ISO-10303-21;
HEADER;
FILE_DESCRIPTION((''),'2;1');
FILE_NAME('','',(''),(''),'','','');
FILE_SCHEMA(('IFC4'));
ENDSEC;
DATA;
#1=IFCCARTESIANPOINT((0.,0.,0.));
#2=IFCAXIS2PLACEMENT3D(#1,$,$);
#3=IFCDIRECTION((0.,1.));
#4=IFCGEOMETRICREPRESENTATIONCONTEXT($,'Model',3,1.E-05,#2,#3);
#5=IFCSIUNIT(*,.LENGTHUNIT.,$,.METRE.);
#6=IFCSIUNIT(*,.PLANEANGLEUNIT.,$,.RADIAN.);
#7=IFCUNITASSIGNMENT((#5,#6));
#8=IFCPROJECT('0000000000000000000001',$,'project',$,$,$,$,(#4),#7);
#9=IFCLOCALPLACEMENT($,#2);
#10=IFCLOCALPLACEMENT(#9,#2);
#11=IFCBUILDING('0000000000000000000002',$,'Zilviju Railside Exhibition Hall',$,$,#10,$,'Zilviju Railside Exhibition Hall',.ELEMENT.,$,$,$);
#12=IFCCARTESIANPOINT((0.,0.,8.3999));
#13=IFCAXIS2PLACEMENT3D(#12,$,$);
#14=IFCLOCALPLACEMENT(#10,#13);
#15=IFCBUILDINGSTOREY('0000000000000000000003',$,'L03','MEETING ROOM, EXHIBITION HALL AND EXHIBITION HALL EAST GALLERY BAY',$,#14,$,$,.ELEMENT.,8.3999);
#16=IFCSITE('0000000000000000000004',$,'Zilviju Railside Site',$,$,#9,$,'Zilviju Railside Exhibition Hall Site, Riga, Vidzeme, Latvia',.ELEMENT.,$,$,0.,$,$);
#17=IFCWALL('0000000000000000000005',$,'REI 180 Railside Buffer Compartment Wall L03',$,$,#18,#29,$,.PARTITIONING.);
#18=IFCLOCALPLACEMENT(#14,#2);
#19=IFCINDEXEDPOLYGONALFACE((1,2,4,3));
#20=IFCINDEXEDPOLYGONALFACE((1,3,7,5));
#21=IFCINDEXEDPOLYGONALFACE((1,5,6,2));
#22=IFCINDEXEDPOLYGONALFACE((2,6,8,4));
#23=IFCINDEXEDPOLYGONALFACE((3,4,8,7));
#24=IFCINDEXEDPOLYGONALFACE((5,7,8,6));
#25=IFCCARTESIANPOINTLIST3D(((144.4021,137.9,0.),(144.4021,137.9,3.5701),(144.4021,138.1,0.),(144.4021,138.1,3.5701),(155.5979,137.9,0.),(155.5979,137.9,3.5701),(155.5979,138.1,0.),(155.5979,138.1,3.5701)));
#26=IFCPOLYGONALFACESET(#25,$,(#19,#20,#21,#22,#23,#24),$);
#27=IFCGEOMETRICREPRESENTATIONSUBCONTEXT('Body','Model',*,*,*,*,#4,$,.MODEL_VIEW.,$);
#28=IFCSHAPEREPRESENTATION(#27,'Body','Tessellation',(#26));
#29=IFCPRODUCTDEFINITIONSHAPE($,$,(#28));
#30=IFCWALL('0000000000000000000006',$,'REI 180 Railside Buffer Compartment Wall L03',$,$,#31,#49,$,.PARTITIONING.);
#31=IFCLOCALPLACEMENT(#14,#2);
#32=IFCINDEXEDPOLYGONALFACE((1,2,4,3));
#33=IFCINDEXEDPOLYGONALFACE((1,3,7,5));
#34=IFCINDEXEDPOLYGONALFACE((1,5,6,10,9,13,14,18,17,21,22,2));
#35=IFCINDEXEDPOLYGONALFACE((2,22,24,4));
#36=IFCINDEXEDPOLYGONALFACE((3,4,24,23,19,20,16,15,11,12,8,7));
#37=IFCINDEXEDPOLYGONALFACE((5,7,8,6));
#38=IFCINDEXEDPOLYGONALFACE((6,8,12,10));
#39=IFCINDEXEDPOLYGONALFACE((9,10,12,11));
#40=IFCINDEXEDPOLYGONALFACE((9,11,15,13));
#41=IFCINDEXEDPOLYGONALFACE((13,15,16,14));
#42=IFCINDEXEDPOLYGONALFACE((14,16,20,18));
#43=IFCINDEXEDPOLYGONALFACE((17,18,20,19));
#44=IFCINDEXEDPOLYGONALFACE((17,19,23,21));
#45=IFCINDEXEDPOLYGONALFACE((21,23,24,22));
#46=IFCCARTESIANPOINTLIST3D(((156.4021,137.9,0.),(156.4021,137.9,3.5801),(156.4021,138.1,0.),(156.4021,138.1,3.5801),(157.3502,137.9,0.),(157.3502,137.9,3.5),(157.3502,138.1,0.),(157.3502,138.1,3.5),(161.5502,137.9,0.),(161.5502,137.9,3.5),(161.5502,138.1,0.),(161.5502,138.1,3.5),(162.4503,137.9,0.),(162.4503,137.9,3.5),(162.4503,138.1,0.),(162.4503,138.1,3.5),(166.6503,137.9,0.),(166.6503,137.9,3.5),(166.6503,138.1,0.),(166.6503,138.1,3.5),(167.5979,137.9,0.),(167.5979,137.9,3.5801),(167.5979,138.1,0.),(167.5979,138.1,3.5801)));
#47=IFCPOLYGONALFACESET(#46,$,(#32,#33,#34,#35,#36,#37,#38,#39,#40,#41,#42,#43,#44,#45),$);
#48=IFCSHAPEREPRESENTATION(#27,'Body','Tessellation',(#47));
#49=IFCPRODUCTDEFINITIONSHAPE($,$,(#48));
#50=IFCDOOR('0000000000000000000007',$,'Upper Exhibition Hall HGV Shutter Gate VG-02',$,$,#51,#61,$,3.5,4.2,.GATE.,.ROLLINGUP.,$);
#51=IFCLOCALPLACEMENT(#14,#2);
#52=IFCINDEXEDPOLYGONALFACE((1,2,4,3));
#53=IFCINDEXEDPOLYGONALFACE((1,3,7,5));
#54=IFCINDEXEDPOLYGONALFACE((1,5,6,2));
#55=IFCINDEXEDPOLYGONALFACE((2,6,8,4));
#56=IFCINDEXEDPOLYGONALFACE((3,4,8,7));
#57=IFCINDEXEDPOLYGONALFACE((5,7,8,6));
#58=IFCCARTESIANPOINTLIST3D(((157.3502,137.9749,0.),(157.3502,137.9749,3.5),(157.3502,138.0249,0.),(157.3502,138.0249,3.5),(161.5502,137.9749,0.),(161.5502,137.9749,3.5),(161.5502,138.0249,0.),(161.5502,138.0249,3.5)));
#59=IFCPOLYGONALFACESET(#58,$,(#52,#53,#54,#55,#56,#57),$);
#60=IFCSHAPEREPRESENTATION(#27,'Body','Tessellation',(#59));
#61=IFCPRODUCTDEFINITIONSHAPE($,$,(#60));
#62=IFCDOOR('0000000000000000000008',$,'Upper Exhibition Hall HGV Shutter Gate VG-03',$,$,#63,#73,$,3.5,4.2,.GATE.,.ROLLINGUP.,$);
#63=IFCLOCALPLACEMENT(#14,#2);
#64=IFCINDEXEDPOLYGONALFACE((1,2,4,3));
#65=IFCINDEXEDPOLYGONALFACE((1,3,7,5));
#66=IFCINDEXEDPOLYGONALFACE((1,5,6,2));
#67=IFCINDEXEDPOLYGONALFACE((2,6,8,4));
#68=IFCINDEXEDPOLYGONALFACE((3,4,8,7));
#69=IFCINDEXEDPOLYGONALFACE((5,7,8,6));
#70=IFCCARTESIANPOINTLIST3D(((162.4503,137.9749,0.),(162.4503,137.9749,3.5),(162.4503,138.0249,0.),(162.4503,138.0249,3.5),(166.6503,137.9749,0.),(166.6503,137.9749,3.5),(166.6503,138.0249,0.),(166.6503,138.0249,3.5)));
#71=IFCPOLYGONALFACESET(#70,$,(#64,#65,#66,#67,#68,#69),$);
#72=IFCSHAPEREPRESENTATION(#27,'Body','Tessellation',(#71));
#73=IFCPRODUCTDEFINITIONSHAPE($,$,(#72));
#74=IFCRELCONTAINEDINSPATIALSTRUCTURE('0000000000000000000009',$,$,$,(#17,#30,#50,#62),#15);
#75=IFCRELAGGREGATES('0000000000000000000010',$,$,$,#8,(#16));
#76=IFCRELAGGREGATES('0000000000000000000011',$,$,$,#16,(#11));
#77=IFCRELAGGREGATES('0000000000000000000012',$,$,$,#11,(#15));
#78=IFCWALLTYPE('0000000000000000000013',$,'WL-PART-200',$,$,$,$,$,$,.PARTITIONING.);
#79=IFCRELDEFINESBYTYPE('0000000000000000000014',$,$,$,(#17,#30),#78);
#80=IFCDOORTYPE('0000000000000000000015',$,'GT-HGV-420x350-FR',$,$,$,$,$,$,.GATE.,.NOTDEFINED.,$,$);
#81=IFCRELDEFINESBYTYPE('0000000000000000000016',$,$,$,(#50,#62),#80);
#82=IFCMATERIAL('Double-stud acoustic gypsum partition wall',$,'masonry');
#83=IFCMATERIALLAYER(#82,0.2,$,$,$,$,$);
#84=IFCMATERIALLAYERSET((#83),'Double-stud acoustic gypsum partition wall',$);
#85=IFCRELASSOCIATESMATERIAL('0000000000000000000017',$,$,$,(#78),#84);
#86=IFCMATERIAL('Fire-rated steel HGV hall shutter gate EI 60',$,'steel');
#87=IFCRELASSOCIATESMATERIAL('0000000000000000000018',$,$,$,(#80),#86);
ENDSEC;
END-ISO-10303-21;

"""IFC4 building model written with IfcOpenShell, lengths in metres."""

from ifc_helpers import new_model, si_unit, direction, frame, frame_2d, origin, place, context, subcontext, project, spatial, rectangle, extrude, material, layer, layer_set, type_object, element, fill, save


model = new_model("IFC4")

# Units and contexts
model_context = context("Model", 3, precision=1e-05, world=origin(), true_north=direction((0.0, 1.0)))
body_context = subcontext(model_context, "Body", "Model", "MODEL_VIEW")
ifc_project = project(units=[si_unit("LENGTHUNIT", "METRE"), si_unit("PLANEANGLEUNIT", "RADIAN")], contexts=[model_context])

# Site, building, storey
site_placement = place(None, origin())
site = spatial("IfcSite", under=ifc_project, at=site_placement, Name="Zilviju Railside Site", LongName="Zilviju Railside Exhibition Hall Site, Riga, Vidzeme, Latvia", CompositionType="ELEMENT", RefElevation=0.0)
building_placement = place(site_placement, origin())
building = spatial("IfcBuilding", under=site, at=building_placement, Name="Zilviju Railside Exhibition Hall", LongName="Zilviju Railside Exhibition Hall", CompositionType="ELEMENT")
storey_placement = place(building_placement, frame((0.0, 0.0, 8.3999)))
storey = spatial("IfcBuildingStorey", under=building, at=storey_placement, Name="L03", Description="MEETING ROOM, EXHIBITION HALL AND EXHIBITION HALL EAST GALLERY BAY", CompositionType="ELEMENT", Elevation=8.3999)

# Wall
ifc_material_1 = material(Name="Double-stud acoustic gypsum partition wall", Category="masonry")
ifc_layer = layer(ifc_material_1, 0.2)
ifc_layer_set = layer_set([ifc_layer], Name="Double-stud acoustic gypsum partition wall")
wall_type = type_object("IfcWallType", Name="WL-PART-200", PredefinedType="PARTITIONING", material=ifc_layer_set)
wall_1_placement = place(storey_placement, frame((144.4021, 138.0, 0.0), z_axis=(0.0, 0.0, 1.0), x_axis=(1.0, 0.0, 0.0)))
element("IfcWall", 1, at=wall_1_placement, inside=storey, type_object=wall_type, Name="REI 180 Railside Buffer Compartment Wall L03", PredefinedType="PARTITIONING", context=body_context, shape_type="SweptSolid", body=[
    extrude(rectangle(XDim=11.1958, YDim=0.2, at=frame_2d((5.5979, 0.0))), origin(), (0.0, 0.0, 1.0), 3.5701),
])

# Wall, openings, doors
wall_2_placement = place(storey_placement, frame((156.4021, 138.0, 0.0), z_axis=(0.0, 0.0, 1.0), x_axis=(1.0, 0.0, 0.0)))
wall_2 = element("IfcWall", 2, at=wall_2_placement, inside=storey, type_object=wall_type, Name="REI 180 Railside Buffer Compartment Wall L03", PredefinedType="PARTITIONING", context=body_context, shape_type="SweptSolid", body=[
    extrude(rectangle(XDim=11.1958, YDim=0.2, at=frame_2d((5.5979, 0.0))), origin(), (0.0, 0.0, 1.0), 3.5801),
])
opening_1_placement = place(wall_2_placement, frame((0.948, 0.0, 0.0)))
opening_1 = element("IfcOpeningElement", 3, at=opening_1_placement, cuts=wall_2, PredefinedType="OPENING", context=body_context, shape_type="SweptSolid", body=[
    extrude(rectangle(XDim=4.2, YDim=3.5, at=frame_2d((2.1001, 1.75))), frame((0.0, 0.1099, 0.0), z_axis=(0.0, -1.0, 0.0), x_axis=(1.0, 0.0, 0.0)), (0.0, 0.0, 1.0), 0.22),
])
opening_2_placement = place(wall_2_placement, frame((6.0481, 0.0, 0.0)))
opening_2 = element("IfcOpeningElement", 4, at=opening_2_placement, cuts=wall_2, PredefinedType="OPENING", context=body_context, shape_type="SweptSolid", body=[
    extrude(rectangle(XDim=4.2, YDim=3.5, at=frame_2d((2.1001, 1.75))), frame((0.0, 0.1099, 0.0), z_axis=(0.0, -1.0, 0.0), x_axis=(1.0, 0.0, 0.0)), (0.0, 0.0, 1.0), 0.22),
])
ifc_material_2 = material(Name="Fire-rated steel HGV hall shutter gate EI 60", Category="steel")
door_type = type_object("IfcDoorType", Name="GT-HGV-420x350-FR", OperationType="NOTDEFINED", PredefinedType="GATE", material=ifc_material_2)
door_1_placement = place(opening_1_placement, origin())
door_1 = element("IfcDoor", 5, at=door_1_placement, inside=storey, type_object=door_type, Name="Upper Exhibition Hall HGV Shutter Gate VG-02", OperationType="ROLLINGUP", OverallHeight=3.5, OverallWidth=4.2, PredefinedType="GATE", context=body_context, shape_type="SweptSolid", body=[
    extrude(rectangle(XDim=4.2, YDim=3.5, at=frame_2d((2.1001, 1.75))), frame((0.0, 0.0249, 0.0), z_axis=(0.0, -1.0, 0.0), x_axis=(1.0, 0.0, 0.0)), (0.0, 0.0, 1.0), 0.05),
])
fill(opening_1, door_1)
door_2_placement = place(opening_2_placement, origin())
door_2 = element("IfcDoor", 6, at=door_2_placement, inside=storey, type_object=door_type, Name="Upper Exhibition Hall HGV Shutter Gate VG-03", OperationType="ROLLINGUP", OverallHeight=3.5, OverallWidth=4.2, PredefinedType="GATE", context=body_context, shape_type="SweptSolid", body=[
    extrude(rectangle(XDim=4.2, YDim=3.5, at=frame_2d((2.1001, 1.75))), frame((0.0, 0.0249, 0.0), z_axis=(0.0, -1.0, 0.0), x_axis=(1.0, 0.0, 0.0)), (0.0, 0.0, 1.0), 0.05),
])
fill(opening_2, door_2)

save(model, "model.ifc")
